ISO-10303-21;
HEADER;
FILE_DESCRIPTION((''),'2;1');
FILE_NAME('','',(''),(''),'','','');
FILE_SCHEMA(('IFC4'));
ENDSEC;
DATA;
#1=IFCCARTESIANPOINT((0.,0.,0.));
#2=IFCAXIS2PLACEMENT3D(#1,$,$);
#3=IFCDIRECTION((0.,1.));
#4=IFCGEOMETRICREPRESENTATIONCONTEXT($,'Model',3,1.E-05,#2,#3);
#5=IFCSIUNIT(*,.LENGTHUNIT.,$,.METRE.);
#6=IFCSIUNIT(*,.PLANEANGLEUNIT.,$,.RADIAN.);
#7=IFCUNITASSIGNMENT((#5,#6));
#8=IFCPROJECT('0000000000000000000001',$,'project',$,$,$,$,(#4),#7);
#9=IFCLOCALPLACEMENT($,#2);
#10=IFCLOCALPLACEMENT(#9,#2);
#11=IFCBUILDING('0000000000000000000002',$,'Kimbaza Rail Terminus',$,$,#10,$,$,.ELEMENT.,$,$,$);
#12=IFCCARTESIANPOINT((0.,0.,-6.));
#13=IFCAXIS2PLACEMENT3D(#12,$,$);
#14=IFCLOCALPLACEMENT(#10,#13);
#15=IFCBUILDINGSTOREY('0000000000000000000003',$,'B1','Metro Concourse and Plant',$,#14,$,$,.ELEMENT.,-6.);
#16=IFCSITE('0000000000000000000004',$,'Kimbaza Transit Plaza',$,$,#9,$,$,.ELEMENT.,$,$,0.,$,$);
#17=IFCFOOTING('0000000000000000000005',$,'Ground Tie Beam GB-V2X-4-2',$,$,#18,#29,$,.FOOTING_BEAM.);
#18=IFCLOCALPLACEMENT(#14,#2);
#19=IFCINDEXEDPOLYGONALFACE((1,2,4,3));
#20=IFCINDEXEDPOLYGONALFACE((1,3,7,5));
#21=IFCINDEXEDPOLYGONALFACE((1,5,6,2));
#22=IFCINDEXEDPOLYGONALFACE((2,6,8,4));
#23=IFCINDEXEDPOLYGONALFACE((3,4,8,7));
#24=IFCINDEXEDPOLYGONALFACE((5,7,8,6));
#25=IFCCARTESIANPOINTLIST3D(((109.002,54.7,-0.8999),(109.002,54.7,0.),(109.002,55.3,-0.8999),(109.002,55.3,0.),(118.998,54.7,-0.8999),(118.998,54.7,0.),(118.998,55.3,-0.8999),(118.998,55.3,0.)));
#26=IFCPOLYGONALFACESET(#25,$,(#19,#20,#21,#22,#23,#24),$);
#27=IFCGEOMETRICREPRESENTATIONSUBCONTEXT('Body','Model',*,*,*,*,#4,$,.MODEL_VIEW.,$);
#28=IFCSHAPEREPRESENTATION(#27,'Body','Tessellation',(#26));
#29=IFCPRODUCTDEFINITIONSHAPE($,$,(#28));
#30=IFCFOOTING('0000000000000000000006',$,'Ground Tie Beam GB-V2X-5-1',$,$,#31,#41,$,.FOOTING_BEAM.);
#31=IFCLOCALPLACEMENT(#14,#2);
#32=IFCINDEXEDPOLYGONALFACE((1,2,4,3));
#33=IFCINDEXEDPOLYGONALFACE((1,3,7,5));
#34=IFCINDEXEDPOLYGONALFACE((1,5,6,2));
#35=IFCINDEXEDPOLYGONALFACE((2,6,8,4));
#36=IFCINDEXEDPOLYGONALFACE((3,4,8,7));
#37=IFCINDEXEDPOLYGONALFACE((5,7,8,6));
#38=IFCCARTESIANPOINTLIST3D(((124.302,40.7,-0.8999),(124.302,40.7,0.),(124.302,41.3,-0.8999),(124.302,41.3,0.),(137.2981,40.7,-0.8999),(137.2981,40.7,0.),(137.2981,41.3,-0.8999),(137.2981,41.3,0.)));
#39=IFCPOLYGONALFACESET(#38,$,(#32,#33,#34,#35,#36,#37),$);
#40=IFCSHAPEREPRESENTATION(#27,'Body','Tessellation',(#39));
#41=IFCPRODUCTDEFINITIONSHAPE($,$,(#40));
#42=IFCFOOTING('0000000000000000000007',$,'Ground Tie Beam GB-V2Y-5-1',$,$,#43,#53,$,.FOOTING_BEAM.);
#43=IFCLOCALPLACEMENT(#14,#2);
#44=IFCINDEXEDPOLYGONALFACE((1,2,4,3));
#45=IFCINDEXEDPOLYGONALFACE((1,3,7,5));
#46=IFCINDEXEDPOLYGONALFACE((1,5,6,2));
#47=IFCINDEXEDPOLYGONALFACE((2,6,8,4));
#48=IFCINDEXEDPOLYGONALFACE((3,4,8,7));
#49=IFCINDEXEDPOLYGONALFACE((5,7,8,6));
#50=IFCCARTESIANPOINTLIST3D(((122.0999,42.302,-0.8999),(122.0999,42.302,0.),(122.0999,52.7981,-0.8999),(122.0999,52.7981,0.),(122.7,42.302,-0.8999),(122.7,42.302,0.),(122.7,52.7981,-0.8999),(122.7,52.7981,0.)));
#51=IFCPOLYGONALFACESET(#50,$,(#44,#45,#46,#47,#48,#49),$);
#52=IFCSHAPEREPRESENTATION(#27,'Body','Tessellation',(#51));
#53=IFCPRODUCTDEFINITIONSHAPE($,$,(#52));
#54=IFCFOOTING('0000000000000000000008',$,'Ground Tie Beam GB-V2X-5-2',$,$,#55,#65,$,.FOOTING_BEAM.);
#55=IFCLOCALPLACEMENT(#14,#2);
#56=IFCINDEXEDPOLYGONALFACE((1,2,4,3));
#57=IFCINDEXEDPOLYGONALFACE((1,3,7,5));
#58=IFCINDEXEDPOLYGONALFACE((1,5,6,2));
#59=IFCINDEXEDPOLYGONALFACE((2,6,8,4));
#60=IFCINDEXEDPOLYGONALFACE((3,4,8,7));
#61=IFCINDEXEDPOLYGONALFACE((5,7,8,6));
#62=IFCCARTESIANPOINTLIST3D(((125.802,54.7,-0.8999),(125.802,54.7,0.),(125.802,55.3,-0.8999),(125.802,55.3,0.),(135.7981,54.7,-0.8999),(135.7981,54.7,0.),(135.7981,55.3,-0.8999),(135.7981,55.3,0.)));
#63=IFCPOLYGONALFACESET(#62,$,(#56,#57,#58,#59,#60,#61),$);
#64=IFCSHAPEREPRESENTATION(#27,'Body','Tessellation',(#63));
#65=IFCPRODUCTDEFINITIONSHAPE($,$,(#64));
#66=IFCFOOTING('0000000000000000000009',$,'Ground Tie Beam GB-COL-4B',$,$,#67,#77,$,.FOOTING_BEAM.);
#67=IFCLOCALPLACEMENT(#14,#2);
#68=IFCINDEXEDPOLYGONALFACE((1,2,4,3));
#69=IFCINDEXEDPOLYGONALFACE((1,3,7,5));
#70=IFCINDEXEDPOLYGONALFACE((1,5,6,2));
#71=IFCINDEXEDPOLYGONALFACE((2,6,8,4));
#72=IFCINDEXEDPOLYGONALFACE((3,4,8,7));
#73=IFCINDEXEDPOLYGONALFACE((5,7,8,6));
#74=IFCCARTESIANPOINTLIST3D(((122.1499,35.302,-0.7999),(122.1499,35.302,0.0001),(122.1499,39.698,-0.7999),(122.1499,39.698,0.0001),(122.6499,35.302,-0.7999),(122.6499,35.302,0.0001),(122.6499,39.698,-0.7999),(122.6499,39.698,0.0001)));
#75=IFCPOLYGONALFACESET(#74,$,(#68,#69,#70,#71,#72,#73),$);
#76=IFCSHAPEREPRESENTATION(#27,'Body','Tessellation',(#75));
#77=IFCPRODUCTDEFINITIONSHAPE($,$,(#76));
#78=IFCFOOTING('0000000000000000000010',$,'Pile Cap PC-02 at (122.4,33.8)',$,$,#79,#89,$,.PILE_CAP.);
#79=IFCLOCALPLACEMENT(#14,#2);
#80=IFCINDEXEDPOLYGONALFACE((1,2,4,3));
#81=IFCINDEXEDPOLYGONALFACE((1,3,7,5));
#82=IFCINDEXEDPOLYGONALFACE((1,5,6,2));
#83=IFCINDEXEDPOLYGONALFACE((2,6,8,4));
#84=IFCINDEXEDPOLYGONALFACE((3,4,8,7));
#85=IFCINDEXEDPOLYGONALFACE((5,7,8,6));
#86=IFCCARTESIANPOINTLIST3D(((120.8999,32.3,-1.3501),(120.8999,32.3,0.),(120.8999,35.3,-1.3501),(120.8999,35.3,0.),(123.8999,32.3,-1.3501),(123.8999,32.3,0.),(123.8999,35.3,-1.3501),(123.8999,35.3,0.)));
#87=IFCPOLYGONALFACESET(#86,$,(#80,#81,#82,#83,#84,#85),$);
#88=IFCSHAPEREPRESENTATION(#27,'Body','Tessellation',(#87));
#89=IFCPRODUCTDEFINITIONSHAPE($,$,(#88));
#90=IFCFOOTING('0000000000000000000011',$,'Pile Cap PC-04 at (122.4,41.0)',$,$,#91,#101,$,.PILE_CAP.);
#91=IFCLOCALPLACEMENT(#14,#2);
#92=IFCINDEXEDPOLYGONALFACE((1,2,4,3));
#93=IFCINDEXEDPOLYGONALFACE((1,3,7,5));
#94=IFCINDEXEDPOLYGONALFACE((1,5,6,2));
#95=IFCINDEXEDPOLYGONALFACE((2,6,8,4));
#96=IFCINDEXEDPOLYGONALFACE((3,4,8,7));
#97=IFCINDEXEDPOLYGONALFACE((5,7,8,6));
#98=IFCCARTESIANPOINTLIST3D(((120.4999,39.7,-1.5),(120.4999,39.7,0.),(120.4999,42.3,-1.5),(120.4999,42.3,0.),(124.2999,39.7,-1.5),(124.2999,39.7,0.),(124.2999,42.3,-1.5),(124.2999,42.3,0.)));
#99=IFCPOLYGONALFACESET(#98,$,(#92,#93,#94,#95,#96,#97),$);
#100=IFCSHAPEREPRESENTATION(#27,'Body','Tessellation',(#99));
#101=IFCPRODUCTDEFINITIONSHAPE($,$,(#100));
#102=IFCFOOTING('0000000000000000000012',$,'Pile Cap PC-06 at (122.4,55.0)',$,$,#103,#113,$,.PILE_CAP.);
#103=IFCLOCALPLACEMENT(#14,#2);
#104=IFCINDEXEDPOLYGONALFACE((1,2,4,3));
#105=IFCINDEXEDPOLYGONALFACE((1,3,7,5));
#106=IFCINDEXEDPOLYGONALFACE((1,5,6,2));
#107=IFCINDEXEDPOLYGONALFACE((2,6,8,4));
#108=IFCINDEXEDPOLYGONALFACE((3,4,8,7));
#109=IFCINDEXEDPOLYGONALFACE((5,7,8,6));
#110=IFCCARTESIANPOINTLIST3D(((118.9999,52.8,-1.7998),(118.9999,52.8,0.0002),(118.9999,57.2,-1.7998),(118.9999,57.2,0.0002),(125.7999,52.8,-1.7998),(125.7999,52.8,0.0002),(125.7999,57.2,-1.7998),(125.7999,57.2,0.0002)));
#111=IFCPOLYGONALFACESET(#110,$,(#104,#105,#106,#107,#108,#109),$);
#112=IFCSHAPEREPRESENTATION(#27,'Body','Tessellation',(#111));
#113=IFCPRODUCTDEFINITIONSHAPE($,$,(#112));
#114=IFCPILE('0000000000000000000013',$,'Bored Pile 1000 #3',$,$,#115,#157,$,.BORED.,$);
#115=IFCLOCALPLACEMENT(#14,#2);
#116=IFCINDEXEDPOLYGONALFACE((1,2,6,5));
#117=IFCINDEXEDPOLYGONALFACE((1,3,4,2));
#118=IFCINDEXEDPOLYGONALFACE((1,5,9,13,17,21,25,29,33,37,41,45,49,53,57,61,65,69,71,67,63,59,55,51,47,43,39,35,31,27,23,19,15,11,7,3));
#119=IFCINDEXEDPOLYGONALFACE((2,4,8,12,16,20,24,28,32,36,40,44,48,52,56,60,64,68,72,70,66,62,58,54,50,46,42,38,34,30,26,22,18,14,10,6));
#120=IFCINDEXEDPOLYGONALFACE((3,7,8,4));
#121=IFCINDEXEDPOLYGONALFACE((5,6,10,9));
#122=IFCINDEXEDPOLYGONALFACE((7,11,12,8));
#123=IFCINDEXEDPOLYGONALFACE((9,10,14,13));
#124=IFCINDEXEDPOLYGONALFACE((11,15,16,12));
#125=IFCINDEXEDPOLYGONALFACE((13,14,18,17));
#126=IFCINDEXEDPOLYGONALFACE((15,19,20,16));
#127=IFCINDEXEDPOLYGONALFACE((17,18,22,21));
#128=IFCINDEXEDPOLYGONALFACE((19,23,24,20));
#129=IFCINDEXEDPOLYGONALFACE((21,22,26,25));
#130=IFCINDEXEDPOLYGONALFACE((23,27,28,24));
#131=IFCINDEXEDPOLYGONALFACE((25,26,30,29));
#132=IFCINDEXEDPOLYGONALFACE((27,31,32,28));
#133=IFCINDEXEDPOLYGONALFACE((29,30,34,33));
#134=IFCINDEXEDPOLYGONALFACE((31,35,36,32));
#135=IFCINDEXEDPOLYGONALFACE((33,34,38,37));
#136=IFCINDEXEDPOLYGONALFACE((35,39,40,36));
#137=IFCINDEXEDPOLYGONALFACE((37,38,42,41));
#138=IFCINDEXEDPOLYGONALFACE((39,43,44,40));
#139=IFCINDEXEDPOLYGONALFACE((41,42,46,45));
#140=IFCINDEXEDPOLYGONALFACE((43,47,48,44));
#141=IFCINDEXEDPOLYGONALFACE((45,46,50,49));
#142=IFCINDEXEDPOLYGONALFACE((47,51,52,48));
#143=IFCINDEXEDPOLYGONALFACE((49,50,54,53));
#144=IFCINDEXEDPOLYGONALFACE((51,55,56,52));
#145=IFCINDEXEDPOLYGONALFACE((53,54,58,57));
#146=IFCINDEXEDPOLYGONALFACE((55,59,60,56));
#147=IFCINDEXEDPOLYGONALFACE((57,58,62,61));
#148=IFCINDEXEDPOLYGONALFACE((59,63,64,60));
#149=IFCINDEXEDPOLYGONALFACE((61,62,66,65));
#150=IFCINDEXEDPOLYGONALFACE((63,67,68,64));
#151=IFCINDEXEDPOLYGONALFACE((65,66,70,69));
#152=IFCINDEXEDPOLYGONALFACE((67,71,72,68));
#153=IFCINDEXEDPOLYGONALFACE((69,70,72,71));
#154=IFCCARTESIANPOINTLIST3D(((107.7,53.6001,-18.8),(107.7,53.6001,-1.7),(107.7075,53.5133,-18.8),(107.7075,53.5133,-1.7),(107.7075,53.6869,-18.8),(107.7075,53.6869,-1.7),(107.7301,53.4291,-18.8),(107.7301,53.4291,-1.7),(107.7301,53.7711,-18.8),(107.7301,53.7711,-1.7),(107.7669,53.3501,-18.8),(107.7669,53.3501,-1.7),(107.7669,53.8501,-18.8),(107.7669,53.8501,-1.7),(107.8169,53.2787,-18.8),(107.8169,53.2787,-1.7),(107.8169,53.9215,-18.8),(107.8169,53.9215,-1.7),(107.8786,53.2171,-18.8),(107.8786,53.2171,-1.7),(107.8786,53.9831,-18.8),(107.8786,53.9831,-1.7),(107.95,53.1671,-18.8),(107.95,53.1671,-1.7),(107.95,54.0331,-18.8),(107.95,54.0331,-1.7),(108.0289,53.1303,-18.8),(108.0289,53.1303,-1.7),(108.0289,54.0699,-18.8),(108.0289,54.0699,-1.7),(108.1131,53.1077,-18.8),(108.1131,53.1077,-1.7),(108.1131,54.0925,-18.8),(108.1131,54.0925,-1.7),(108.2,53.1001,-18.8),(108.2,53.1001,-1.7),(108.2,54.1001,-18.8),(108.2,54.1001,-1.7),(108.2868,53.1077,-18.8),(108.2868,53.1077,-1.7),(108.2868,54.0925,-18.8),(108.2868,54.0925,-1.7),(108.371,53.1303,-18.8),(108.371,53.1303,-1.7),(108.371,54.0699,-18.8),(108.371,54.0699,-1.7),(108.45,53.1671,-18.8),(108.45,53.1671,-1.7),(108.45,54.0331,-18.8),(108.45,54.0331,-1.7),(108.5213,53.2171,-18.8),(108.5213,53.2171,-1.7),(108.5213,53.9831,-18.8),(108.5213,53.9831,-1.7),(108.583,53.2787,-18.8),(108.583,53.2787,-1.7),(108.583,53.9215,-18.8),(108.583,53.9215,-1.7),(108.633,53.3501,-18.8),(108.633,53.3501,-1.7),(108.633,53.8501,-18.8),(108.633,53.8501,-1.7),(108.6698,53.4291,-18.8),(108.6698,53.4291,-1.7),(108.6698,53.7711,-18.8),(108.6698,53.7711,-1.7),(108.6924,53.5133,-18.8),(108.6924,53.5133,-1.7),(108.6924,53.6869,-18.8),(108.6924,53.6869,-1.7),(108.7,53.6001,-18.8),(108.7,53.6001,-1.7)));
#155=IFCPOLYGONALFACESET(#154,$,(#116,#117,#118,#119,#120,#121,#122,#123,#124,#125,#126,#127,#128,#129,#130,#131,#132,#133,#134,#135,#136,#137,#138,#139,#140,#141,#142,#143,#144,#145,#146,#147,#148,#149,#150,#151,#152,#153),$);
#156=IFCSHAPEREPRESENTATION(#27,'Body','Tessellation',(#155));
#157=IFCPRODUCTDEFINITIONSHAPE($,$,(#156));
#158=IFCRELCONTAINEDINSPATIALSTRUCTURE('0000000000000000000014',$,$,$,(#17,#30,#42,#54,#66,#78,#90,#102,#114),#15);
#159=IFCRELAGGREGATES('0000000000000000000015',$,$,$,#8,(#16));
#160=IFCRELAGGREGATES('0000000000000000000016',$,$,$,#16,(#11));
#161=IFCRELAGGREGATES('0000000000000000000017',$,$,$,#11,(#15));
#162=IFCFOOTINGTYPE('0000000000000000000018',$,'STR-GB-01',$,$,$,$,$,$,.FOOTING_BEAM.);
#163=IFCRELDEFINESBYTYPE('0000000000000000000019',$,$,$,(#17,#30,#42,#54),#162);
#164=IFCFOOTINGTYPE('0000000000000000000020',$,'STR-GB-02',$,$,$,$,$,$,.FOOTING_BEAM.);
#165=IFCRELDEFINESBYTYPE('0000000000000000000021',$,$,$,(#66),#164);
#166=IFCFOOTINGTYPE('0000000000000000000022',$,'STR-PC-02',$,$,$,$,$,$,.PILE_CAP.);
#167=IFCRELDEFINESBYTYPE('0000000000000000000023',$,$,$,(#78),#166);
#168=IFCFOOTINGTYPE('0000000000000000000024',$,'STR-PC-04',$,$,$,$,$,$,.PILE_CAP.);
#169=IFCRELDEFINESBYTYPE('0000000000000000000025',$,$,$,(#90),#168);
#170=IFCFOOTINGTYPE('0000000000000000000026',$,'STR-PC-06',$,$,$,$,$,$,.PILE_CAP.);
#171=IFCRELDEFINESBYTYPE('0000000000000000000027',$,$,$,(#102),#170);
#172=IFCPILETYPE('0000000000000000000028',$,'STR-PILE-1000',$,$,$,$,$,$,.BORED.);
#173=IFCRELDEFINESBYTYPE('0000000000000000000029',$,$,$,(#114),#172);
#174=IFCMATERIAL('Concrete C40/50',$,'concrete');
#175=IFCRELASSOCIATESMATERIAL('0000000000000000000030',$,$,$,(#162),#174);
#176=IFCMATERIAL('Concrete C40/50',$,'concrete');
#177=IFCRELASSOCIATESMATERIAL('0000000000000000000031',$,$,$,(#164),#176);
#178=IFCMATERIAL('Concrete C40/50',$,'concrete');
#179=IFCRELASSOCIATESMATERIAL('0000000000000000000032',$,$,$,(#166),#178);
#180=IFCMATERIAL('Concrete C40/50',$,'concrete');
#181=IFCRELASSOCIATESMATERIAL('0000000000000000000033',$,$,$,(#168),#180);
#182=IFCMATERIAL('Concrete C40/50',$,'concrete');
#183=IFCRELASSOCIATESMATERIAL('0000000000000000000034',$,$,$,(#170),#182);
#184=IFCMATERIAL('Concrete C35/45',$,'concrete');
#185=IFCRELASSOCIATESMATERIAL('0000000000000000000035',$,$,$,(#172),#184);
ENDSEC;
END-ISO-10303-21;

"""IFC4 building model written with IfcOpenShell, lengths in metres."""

from ifc_helpers import new_model, si_unit, direction, frame, origin, origin_2d, place, context, subcontext, project, spatial, rectangle, circle, extrude, material, material_profile, profile_set, type_object, element, save


model = new_model("IFC4")

# Units and contexts
model_context = context("Model", 3, precision=1e-05, world=origin(), true_north=direction((0.0, 1.0)))
body_context = subcontext(model_context, "Body", "Model", "MODEL_VIEW")
ifc_project = project(units=[si_unit("LENGTHUNIT", "METRE"), si_unit("PLANEANGLEUNIT", "RADIAN")], contexts=[model_context])

# Site, building, storey
site_placement = place(None, origin())
site = spatial("IfcSite", under=ifc_project, at=site_placement, Name="Kimbaza Transit Plaza", CompositionType="ELEMENT", RefElevation=0.0)
building_placement = place(site_placement, origin())
building = spatial("IfcBuilding", under=site, at=building_placement, Name="Kimbaza Rail Terminus", CompositionType="ELEMENT")
storey_placement = place(building_placement, frame((0.0, 0.0, -6.0)))
storey = spatial("IfcBuildingStorey", under=building, at=storey_placement, Name="B1", Description="Metro Concourse and Plant", CompositionType="ELEMENT", Elevation=-6.0)

# Footings
ifc_material_1 = material(Name="Concrete C40/50", Category="concrete")
ifc_material_profile_1 = material_profile(ifc_material_1, rectangle(XDim=0.6001, YDim=0.8999, at=origin_2d()), Name="GB-01 600x900")
ifc_profile_set_1 = profile_set([ifc_material_profile_1], Name="Concrete C40/50")
footing_type_1 = type_object("IfcFootingType", Name="STR-GB-01", PredefinedType="FOOTING_BEAM", material=ifc_profile_set_1)
footing_1_placement = place(storey_placement, frame((109.002, 55.0, -0.45), z_axis=(1.0, 0.0, 0.0), x_axis=(0.0, 1.0, 0.0)))
element("IfcFooting", 1, at=footing_1_placement, inside=storey, type_object=footing_type_1, Name="Ground Tie Beam GB-V2X-4-2", PredefinedType="FOOTING_BEAM", context=body_context, shape_type="SweptSolid", body=[
    extrude(rectangle(XDim=0.6001, YDim=0.8999, at=origin_2d()), origin(), (0.0, 0.0, 1.0), 9.9961),
])
footing_2_placement = place(storey_placement, frame((124.302, 41.0, -0.45), z_axis=(1.0, 0.0, 0.0), x_axis=(0.0, 1.0, 0.0)))
element("IfcFooting", 2, at=footing_2_placement, inside=storey, type_object=footing_type_1, Name="Ground Tie Beam GB-V2X-5-1", PredefinedType="FOOTING_BEAM", context=body_context, shape_type="SweptSolid", body=[
    extrude(rectangle(XDim=0.6001, YDim=0.8999, at=origin_2d()), origin(), (0.0, 0.0, 1.0), 12.9961),
])
footing_3_placement = place(storey_placement, frame((122.3999, 42.302, -0.45), z_axis=(0.0, 1.0, 0.0), x_axis=(-1.0, 0.0, 0.0)))
element("IfcFooting", 3, at=footing_3_placement, inside=storey, type_object=footing_type_1, Name="Ground Tie Beam GB-V2Y-5-1", PredefinedType="FOOTING_BEAM", context=body_context, shape_type="SweptSolid", body=[
    extrude(rectangle(XDim=0.6001, YDim=0.8999, at=origin_2d()), origin(), (0.0, 0.0, 1.0), 10.4961),
])
footing_4_placement = place(storey_placement, frame((125.802, 55.0, -0.45), z_axis=(1.0, 0.0, 0.0), x_axis=(0.0, 1.0, 0.0)))
element("IfcFooting", 4, at=footing_4_placement, inside=storey, type_object=footing_type_1, Name="Ground Tie Beam GB-V2X-5-2", PredefinedType="FOOTING_BEAM", context=body_context, shape_type="SweptSolid", body=[
    extrude(rectangle(XDim=0.6001, YDim=0.8999, at=origin_2d()), origin(), (0.0, 0.0, 1.0), 9.9961),
])
ifc_material_2 = material(Name="Concrete C40/50", Category="concrete")
ifc_material_profile_2 = material_profile(ifc_material_2, rectangle(XDim=0.5, YDim=0.8, at=origin_2d()), Name="GB-02 500x800")
ifc_profile_set_2 = profile_set([ifc_material_profile_2], Name="Concrete C40/50")
footing_type_2 = type_object("IfcFootingType", Name="STR-GB-02", PredefinedType="FOOTING_BEAM", material=ifc_profile_set_2)
footing_5_placement = place(storey_placement, frame((122.3999, 35.302, -0.3999), z_axis=(0.0, 1.0, 0.0), x_axis=(-1.0, 0.0, 0.0)))
element("IfcFooting", 5, at=footing_5_placement, inside=storey, type_object=footing_type_2, Name="Ground Tie Beam GB-COL-4B", PredefinedType="FOOTING_BEAM", context=body_context, shape_type="SweptSolid", body=[
    extrude(rectangle(XDim=0.5, YDim=0.8, at=origin_2d()), origin(), (0.0, 0.0, 1.0), 4.396),
])
ifc_material_3 = material(Name="Concrete C40/50", Category="concrete")
footing_type_3 = type_object("IfcFootingType", Name="STR-PC-02", PredefinedType="PILE_CAP", material=ifc_material_3)
footing_6_placement = place(storey_placement, frame((122.3999, 33.8, -1.3501), z_axis=(0.0, 0.0, 1.0), x_axis=(1.0, 0.0, 0.0)))
element("IfcFooting", 6, at=footing_6_placement, inside=storey, type_object=footing_type_3, Name="Pile Cap PC-02 at (122.4,33.8)", PredefinedType="PILE_CAP", context=body_context, shape_type="SweptSolid", body=[
    extrude(rectangle(XDim=3.0, YDim=3.0, at=origin_2d()), origin(), (0.0, 0.0, 1.0), 1.3501),
])
ifc_material_4 = material(Name="Concrete C40/50", Category="concrete")
footing_type_4 = type_object("IfcFootingType", Name="STR-PC-04", PredefinedType="PILE_CAP", material=ifc_material_4)
footing_7_placement = place(storey_placement, frame((122.3999, 41.0, -1.5), z_axis=(0.0, 0.0, 1.0), x_axis=(1.0, 0.0, 0.0)))
element("IfcFooting", 7, at=footing_7_placement, inside=storey, type_object=footing_type_4, Name="Pile Cap PC-04 at (122.4,41.0)", PredefinedType="PILE_CAP", context=body_context, shape_type="SweptSolid", body=[
    extrude(rectangle(XDim=3.8, YDim=2.6001, at=origin_2d()), origin(), (0.0, 0.0, 1.0), 1.5),
])
ifc_material_5 = material(Name="Concrete C40/50", Category="concrete")
footing_type_5 = type_object("IfcFootingType", Name="STR-PC-06", PredefinedType="PILE_CAP", material=ifc_material_5)
footing_8_placement = place(storey_placement, frame((122.3999, 55.0, -1.7998), z_axis=(0.0, 0.0, 1.0), x_axis=(1.0, 0.0, 0.0)))
element("IfcFooting", 8, at=footing_8_placement, inside=storey, type_object=footing_type_5, Name="Pile Cap PC-06 at (122.4,55.0)", PredefinedType="PILE_CAP", context=body_context, shape_type="SweptSolid", body=[
    extrude(rectangle(XDim=6.8, YDim=4.3999, at=origin_2d()), origin(), (0.0, 0.0, 1.0), 1.8),
])

# Pile
ifc_material_6 = material(Name="Concrete C35/45", Category="concrete")
ifc_material_profile_3 = material_profile(ifc_material_6, circle(Radius=0.5, at=origin_2d()), Name="BORED PILE 1000")
ifc_profile_set_3 = profile_set([ifc_material_profile_3], Name="Concrete C35/45")
pile_type_1 = type_object("IfcPileType", Name="STR-PILE-1000", PredefinedType="BORED", material=ifc_profile_set_3)
for number, where, z_axis, x_axis, name in (
    (9, (108.2, 53.6001, -1.7), (0.0, 0.0, -1.0), (1.0, 0.0, 0.0), "Bored Pile 1000 #3"),
):
    element("IfcPile", number, at=place(storey_placement, frame(where, z_axis=z_axis, x_axis=x_axis)), inside=storey, type_object=pile_type_1, Name=name, PredefinedType="BORED", context=body_context, shape_type="SweptSolid", body=[
        extrude(circle(Radius=0.5, at=origin_2d()), origin(), (0.0, 0.0, 1.0), 17.1001),
    ])

save(model, "model.ifc")
